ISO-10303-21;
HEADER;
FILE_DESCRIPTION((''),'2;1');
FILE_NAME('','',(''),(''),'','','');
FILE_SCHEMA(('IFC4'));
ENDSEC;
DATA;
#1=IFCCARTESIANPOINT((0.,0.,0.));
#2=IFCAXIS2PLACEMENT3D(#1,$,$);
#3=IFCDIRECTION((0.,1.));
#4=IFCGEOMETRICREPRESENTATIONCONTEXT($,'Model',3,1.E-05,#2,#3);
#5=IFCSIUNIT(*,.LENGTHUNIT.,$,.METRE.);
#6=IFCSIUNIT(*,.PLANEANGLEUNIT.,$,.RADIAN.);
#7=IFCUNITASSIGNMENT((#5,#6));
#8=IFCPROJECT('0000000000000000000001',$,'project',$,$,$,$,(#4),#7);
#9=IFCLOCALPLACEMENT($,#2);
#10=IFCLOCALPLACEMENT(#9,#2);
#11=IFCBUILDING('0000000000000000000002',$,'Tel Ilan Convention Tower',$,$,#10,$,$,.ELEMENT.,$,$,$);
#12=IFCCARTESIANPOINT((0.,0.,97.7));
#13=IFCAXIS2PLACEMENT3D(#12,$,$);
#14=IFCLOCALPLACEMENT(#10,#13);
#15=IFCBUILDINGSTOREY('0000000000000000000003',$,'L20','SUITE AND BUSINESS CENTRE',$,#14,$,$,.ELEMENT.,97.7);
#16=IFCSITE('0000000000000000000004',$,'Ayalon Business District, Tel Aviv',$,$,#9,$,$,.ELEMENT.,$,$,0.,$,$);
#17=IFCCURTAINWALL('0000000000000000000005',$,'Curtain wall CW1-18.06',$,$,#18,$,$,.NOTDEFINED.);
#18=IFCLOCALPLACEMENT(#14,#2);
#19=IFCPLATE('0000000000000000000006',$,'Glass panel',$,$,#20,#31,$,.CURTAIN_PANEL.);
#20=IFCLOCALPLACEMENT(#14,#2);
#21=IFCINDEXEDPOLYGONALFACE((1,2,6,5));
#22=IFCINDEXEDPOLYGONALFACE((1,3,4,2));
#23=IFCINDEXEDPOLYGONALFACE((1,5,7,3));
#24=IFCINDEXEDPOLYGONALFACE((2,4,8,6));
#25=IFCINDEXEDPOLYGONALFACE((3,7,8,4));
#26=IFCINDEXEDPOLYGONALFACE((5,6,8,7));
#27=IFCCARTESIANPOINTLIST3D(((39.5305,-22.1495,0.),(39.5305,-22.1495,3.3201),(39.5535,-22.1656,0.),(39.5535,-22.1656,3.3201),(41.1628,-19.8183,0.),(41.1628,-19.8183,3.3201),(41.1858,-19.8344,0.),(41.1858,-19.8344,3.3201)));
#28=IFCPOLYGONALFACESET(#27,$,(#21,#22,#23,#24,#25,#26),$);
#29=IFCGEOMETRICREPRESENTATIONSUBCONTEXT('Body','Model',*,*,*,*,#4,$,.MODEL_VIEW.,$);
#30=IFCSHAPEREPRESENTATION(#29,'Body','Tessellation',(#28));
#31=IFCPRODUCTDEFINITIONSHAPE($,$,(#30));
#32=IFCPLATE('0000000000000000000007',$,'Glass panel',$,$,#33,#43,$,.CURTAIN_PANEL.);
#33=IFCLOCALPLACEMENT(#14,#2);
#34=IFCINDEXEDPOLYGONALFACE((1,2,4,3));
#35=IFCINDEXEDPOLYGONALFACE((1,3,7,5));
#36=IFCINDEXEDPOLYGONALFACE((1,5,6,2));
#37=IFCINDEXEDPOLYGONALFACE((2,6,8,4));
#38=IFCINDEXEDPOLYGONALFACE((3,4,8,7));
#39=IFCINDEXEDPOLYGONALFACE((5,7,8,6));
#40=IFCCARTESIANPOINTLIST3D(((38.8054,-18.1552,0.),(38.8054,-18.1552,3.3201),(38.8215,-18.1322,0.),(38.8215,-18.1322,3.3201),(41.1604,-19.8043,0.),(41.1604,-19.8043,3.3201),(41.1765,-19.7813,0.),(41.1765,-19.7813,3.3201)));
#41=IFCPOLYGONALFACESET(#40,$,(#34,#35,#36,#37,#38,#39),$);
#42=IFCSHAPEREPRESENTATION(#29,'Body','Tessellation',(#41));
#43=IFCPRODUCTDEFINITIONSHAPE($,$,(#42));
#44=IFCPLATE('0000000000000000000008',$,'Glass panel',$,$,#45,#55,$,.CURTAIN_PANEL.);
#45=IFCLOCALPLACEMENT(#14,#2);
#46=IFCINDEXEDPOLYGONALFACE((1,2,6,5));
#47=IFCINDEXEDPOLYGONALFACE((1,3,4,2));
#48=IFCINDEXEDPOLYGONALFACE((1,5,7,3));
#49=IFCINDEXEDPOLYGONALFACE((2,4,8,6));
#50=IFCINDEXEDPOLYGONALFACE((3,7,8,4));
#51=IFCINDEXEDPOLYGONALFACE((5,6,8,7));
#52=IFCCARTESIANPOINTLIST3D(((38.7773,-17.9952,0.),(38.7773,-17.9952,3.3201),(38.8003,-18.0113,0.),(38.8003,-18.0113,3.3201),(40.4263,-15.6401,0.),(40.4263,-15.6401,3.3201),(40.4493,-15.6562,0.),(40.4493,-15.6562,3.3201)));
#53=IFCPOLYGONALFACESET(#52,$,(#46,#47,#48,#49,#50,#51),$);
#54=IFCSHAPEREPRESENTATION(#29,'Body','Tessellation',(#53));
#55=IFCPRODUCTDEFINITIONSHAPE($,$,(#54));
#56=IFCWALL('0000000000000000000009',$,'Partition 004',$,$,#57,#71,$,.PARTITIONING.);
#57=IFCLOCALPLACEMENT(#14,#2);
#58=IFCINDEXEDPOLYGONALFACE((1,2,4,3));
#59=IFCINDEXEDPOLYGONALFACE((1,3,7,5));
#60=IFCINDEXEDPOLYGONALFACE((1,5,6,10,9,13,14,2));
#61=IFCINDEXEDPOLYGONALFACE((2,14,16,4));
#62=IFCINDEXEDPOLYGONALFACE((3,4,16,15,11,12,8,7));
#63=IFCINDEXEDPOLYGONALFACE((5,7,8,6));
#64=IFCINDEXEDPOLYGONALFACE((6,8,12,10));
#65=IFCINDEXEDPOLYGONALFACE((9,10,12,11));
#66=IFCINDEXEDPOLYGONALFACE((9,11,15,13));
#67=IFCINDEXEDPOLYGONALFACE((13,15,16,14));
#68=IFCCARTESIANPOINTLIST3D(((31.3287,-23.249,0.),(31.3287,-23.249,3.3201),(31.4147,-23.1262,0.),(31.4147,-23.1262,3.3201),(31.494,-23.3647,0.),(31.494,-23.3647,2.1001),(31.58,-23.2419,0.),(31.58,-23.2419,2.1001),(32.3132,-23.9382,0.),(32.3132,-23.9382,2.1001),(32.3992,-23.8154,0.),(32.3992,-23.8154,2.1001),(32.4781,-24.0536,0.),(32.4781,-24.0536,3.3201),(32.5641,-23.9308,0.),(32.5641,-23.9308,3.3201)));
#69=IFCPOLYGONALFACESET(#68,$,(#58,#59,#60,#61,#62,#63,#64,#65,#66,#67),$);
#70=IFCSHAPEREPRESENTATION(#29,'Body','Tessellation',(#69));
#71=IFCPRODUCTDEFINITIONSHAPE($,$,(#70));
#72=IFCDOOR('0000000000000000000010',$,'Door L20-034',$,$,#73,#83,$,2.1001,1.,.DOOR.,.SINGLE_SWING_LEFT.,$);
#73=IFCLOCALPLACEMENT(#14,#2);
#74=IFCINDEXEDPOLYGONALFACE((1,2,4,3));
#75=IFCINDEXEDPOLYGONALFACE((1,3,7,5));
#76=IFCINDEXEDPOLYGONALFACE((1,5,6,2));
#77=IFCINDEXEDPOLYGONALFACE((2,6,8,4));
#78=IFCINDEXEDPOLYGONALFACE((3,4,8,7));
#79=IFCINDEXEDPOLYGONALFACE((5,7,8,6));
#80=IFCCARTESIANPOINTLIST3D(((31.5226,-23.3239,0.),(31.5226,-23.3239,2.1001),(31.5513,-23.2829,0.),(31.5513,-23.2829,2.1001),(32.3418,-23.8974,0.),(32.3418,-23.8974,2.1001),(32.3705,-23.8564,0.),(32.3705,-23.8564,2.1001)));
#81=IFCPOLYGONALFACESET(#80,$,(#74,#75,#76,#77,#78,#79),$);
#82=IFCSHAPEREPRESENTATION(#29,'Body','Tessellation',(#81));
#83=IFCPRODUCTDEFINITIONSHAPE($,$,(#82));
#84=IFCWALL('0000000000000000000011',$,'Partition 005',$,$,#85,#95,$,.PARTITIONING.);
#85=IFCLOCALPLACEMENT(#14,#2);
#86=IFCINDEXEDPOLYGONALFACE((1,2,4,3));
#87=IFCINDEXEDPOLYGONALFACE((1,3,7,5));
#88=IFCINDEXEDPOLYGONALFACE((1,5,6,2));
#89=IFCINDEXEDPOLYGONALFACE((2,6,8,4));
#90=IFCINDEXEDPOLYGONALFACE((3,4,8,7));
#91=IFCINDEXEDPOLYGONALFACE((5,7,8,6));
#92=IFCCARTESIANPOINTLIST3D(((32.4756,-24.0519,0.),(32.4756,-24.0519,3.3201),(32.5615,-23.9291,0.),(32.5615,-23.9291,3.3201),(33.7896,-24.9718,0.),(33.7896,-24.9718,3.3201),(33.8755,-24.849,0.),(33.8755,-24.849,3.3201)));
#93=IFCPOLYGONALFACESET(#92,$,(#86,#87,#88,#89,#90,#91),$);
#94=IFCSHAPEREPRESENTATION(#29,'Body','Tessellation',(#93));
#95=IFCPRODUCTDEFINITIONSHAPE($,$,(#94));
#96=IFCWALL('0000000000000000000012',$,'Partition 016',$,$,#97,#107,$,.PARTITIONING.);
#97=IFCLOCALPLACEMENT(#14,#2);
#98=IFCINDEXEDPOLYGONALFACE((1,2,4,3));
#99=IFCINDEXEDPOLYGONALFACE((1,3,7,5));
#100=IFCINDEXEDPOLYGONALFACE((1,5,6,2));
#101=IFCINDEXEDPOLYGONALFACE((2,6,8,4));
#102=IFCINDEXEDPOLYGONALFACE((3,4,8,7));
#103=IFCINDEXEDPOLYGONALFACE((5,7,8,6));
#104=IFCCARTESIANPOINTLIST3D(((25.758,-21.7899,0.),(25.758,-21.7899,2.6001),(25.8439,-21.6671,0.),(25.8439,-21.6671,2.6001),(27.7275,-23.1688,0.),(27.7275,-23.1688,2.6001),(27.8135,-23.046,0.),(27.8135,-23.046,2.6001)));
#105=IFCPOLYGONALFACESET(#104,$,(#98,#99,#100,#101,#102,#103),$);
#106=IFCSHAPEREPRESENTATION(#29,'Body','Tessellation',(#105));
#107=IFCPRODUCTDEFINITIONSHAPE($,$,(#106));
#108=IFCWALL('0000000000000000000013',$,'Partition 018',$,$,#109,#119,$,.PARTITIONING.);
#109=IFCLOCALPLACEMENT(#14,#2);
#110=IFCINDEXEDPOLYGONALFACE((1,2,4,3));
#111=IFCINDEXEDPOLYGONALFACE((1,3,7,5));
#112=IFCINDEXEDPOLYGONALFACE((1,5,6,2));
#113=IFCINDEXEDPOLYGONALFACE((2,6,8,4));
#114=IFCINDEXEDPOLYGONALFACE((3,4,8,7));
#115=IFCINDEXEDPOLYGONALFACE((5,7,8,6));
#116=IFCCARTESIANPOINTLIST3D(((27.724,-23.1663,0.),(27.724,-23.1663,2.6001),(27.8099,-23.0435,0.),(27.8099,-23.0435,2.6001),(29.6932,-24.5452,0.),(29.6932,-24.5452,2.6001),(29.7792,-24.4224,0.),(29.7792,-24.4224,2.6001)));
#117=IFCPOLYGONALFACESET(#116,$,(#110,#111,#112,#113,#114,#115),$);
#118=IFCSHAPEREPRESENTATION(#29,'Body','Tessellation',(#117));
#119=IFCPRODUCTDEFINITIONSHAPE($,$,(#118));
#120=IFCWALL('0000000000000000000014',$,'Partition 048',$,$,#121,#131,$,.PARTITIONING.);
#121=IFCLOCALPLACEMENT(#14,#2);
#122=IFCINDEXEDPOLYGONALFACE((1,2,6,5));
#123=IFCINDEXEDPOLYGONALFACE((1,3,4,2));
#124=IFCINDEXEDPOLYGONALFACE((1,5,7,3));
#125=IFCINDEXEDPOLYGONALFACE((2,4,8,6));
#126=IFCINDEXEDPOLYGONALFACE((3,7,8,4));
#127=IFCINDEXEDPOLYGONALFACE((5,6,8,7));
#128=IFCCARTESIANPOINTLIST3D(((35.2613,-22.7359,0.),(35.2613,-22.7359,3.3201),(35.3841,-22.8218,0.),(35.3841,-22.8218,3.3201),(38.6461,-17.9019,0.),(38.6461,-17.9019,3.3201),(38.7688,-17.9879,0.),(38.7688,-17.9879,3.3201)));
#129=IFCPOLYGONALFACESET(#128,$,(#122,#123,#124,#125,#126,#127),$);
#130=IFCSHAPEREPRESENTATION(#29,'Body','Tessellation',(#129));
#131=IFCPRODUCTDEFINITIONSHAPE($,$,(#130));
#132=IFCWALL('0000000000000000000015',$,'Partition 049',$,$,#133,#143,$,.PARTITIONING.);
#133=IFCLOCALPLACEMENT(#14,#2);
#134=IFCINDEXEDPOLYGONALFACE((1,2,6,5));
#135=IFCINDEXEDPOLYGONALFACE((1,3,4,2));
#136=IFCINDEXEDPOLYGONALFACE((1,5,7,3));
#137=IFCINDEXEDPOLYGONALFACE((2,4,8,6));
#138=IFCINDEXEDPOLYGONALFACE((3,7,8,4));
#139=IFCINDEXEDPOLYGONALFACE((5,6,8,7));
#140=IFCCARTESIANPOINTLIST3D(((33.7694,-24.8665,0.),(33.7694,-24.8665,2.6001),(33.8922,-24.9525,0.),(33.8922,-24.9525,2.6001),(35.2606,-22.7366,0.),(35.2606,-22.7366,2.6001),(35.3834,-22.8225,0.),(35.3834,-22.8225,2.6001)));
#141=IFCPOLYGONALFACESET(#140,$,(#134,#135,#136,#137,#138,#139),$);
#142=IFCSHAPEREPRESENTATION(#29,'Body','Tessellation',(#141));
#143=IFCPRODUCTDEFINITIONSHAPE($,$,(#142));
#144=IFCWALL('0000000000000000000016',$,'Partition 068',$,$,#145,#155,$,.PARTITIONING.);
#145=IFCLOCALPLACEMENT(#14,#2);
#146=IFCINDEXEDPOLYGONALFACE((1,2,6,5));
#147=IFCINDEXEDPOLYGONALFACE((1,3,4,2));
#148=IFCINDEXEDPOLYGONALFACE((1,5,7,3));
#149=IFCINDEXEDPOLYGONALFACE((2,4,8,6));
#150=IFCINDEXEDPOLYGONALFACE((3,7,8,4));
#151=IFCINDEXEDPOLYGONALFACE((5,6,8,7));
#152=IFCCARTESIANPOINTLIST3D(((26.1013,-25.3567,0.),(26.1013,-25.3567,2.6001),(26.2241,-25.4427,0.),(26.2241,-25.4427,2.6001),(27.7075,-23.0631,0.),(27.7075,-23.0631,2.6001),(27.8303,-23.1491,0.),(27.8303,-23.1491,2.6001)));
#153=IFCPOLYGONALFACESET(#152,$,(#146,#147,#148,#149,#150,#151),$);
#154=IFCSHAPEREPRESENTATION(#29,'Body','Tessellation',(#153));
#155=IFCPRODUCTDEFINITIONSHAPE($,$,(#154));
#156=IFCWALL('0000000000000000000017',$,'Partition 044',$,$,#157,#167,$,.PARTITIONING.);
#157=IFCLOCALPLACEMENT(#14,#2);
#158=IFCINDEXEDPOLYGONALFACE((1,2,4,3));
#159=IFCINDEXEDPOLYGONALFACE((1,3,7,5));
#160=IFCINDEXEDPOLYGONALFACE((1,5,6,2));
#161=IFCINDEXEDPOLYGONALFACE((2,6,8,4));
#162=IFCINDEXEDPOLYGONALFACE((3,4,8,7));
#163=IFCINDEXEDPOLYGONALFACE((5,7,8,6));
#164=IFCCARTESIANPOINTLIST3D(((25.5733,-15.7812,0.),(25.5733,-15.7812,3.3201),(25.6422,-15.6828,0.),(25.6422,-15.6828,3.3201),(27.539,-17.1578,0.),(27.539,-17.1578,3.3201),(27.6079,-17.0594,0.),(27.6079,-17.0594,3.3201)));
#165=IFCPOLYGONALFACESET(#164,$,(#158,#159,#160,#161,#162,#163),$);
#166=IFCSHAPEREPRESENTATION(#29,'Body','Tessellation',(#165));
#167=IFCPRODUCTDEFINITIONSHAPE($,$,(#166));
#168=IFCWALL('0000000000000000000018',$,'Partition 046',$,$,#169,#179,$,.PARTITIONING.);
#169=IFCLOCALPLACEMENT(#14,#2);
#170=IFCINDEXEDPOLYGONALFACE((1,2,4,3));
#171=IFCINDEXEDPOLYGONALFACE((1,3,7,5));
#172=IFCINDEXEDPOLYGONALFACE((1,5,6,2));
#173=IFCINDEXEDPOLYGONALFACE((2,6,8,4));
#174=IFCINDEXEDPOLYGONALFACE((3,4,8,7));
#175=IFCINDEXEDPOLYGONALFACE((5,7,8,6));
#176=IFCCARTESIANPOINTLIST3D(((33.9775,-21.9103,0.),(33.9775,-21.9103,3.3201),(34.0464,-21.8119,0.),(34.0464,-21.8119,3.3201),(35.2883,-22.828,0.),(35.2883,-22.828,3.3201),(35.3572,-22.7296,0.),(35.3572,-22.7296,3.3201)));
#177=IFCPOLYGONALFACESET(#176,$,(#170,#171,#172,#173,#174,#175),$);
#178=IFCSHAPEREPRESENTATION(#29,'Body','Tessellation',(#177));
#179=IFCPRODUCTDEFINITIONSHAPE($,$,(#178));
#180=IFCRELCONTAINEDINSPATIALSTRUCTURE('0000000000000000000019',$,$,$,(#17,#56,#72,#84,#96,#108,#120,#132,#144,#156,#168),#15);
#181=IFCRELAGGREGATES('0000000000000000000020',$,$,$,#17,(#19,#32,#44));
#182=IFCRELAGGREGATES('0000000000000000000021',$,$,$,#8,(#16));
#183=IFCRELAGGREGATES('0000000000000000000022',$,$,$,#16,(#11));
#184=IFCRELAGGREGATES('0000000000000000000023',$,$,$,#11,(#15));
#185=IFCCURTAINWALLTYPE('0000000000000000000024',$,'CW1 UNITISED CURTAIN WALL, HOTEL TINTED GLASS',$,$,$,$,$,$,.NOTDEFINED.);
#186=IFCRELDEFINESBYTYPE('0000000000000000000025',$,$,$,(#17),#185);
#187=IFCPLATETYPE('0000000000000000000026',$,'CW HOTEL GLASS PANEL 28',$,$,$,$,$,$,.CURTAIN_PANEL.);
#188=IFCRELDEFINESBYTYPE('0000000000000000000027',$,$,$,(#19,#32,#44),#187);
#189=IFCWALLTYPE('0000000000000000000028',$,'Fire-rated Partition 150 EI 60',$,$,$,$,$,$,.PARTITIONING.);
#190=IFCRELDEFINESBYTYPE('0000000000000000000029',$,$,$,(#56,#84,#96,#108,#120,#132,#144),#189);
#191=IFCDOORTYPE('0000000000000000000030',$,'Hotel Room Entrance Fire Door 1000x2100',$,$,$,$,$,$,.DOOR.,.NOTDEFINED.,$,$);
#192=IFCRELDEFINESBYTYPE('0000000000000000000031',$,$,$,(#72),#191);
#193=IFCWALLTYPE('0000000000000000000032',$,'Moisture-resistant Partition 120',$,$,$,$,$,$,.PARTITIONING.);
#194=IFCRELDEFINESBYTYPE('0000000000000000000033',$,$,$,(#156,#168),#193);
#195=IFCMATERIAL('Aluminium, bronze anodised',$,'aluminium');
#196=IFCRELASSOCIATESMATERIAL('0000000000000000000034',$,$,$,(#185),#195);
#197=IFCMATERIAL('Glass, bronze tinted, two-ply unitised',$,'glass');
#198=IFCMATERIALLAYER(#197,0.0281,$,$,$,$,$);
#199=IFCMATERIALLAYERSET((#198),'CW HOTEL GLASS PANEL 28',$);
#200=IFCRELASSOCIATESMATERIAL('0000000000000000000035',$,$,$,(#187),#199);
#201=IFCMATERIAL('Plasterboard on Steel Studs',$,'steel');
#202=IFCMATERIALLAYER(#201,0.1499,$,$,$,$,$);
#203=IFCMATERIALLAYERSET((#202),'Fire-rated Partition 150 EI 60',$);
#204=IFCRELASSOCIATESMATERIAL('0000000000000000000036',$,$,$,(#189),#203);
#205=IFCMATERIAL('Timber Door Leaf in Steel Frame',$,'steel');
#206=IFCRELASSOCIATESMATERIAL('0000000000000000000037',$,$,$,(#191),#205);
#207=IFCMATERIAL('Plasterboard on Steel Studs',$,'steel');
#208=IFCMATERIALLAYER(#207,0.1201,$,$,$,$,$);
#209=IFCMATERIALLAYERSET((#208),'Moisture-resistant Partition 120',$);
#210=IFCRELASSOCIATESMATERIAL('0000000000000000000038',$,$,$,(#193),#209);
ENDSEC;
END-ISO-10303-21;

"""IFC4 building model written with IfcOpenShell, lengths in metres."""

from ifc_helpers import new_model, si_unit, direction, frame, frame_2d, origin, origin_2d, place, context, subcontext, project, spatial, rectangle, extrude, material, layer, layer_set, type_object, element, fill, aggregate, save


model = new_model("IFC4")

# Units and contexts
model_context = context("Model", 3, precision=1e-05, world=origin(), true_north=direction((0.0, 1.0)))
body_context = subcontext(model_context, "Body", "Model", "MODEL_VIEW")
ifc_project = project(units=[si_unit("LENGTHUNIT", "METRE"), si_unit("PLANEANGLEUNIT", "RADIAN")], contexts=[model_context])

# Site, building, storey
site_placement = place(None, origin())
site = spatial("IfcSite", under=ifc_project, at=site_placement, Name="Ayalon Business District, Tel Aviv", CompositionType="ELEMENT", RefElevation=0.0)
building_placement = place(site_placement, origin())
building = spatial("IfcBuilding", under=site, at=building_placement, Name="Tel Ilan Convention Tower", CompositionType="ELEMENT")
storey_placement = place(building_placement, frame((0.0, 0.0, 97.7)))
storey = spatial("IfcBuildingStorey", under=building, at=storey_placement, Name="L20", Description="SUITE AND BUSINESS CENTRE", CompositionType="ELEMENT", Elevation=97.7)

# Curtain wall, plates
ifc_material_1 = material(Name="Aluminium, bronze anodised", Category="aluminium")
curtain_wall_type = type_object("IfcCurtainWallType", Name="CW1 UNITISED CURTAIN WALL, HOTEL TINTED GLASS", PredefinedType="NOTDEFINED", material=ifc_material_1)
curtain_wall_placement = place(storey_placement, origin())
curtain_wall = element("IfcCurtainWall", 1, at=curtain_wall_placement, inside=storey, type_object=curtain_wall_type, Name="Curtain wall CW1-18.06", PredefinedType="NOTDEFINED")
ifc_material_2 = material(Name="Glass, bronze tinted, two-ply unitised", Category="glass")
ifc_layer_1 = layer(ifc_material_2, 0.0281)
ifc_layer_set_1 = layer_set([ifc_layer_1], Name="CW HOTEL GLASS PANEL 28")
plate_type = type_object("IfcPlateType", Name="CW HOTEL GLASS PANEL 28", PredefinedType="CURTAIN_PANEL", material=ifc_layer_set_1)
plate_1_placement = place(storey_placement, frame((40.3582, -20.9919, 0.0), z_axis=(0.0, 0.0, 1.0), x_axis=(0.573576, 0.819152, 0.0)))
plate_1 = element("IfcPlate", 2, at=plate_1_placement, type_object=plate_type, Name="Glass panel", PredefinedType="CURTAIN_PANEL", context=body_context, shape_type="SweptSolid", body=[
    extrude(rectangle(XDim=2.8459, YDim=0.0281, at=origin_2d()), origin(), (0.0, 0.0, 1.0), 3.3201),
])
plate_2_placement = place(storey_placement, frame((39.991, -18.9683, 0.0), z_axis=(0.0, 0.0, 1.0), x_axis=(-0.819152, 0.573576, 0.0)))
plate_2 = element("IfcPlate", 3, at=plate_2_placement, type_object=plate_type, Name="Glass panel", PredefinedType="CURTAIN_PANEL", context=body_context, shape_type="SweptSolid", body=[
    extrude(rectangle(XDim=2.875, YDim=0.0281, at=origin_2d()), origin(), (0.0, 0.0, 1.0), 3.3201),
])
plate_3_placement = place(storey_placement, frame((39.6133, -16.8257, 0.0), z_axis=(0.0, 0.0, 1.0), x_axis=(0.573576, 0.819152, 0.0)))
plate_3 = element("IfcPlate", 4, at=plate_3_placement, type_object=plate_type, Name="Glass panel", PredefinedType="CURTAIN_PANEL", context=body_context, shape_type="SweptSolid", body=[
    extrude(rectangle(XDim=2.875, YDim=0.0281, at=origin_2d()), origin(), (0.0, 0.0, 1.0), 3.3201),
])
aggregate(curtain_wall, [plate_1, plate_2, plate_3])

# Wall, opening, door
ifc_material_3 = material(Name="Plasterboard on Steel Studs", Category="steel")
ifc_layer_2 = layer(ifc_material_3, 0.1499)
ifc_layer_set_2 = layer_set([ifc_layer_2], Name="Fire-rated Partition 150 EI 60")
wall_type_1 = type_object("IfcWallType", Name="Fire-rated Partition 150 EI 60", PredefinedType="PARTITIONING", material=ifc_layer_set_2)
wall_1_placement = place(storey_placement, frame((31.3716, -23.1875, 0.0), z_axis=(0.0, 0.0, 1.0), x_axis=(0.819199, -0.573509, 0.0)))
wall_1 = element("IfcWall", 5, at=wall_1_placement, inside=storey, type_object=wall_type_1, Name="Partition 004", PredefinedType="PARTITIONING", context=body_context, shape_type="SweptSolid", body=[
    extrude(rectangle(XDim=1.4031, YDim=0.1499, at=frame_2d((0.7017, 0.0))), origin(), (0.0, 0.0, 1.0), 3.3201),
])
opening_1_placement = place(wall_1_placement, frame((0.2019, 0.0, 0.0)))
opening_1 = element("IfcOpeningElement", 6, at=opening_1_placement, cuts=wall_1, PredefinedType="OPENING", context=body_context, shape_type="SweptSolid", body=[
    extrude(rectangle(XDim=1.0, YDim=2.1001, at=frame_2d((0.5, 1.05))), frame((0.0, 0.085, 0.0), z_axis=(0.0, -1.0, 0.0), x_axis=(1.0, 0.0, 0.0)), (0.0, 0.0, 1.0), 0.1699),
])
ifc_material_4 = material(Name="Timber Door Leaf in Steel Frame", Category="steel")
door_type_1 = type_object("IfcDoorType", Name="Hotel Room Entrance Fire Door 1000x2100", OperationType="NOTDEFINED", PredefinedType="DOOR", material=ifc_material_4)
door_1_placement = place(opening_1_placement, origin())
door_1 = element("IfcDoor", 7, at=door_1_placement, inside=storey, type_object=door_type_1, Name="Door L20-034", OperationType="SINGLE_SWING_LEFT", OverallHeight=2.1001, OverallWidth=1.0, PredefinedType="DOOR", context=body_context, shape_type="SweptSolid", body=[
    extrude(rectangle(XDim=1.0, YDim=2.1001, at=frame_2d((0.5, 1.05))), frame((0.0, 0.0249, 0.0), z_axis=(0.0, -1.0, 0.0), x_axis=(1.0, 0.0, 0.0)), (0.0, 0.0, 1.0), 0.05),
])
fill(opening_1, door_1)

# Walls
wall_2_placement = place(storey_placement, frame((32.5186, -23.9905, 0.0), z_axis=(0.0, 0.0, 1.0), x_axis=(0.819189, -0.573524, 0.0)))
element("IfcWall", 8, at=wall_2_placement, inside=storey, type_object=wall_type_1, Name="Partition 005", PredefinedType="PARTITIONING", context=body_context, shape_type="SweptSolid", body=[
    extrude(rectangle(XDim=1.604, YDim=0.1499, at=frame_2d((0.802, 0.0))), origin(), (0.0, 0.0, 1.0), 3.3201),
])
wall_3_placement = place(storey_placement, frame((27.7705, -23.1074, 0.0), z_axis=(0.0, 0.0, 1.0), x_axis=(-0.819179, 0.573537, 0.0)))
element("IfcWall", 9, at=wall_3_placement, inside=storey, type_object=wall_type_1, Name="Partition 016", PredefinedType="PARTITIONING", context=body_context, shape_type="SweptSolid", body=[
    extrude(rectangle(XDim=2.4043, YDim=0.1499, at=frame_2d((1.2021, 0.0))), origin(), (0.0, 0.0, 1.0), 2.6001),
])
wall_4_placement = place(storey_placement, frame((29.7363, -24.4839, 0.0), z_axis=(0.0, 0.0, 1.0), x_axis=(-0.819146, 0.573585, 0.0)))
element("IfcWall", 10, at=wall_4_placement, inside=storey, type_object=wall_type_1, Name="Partition 018", PredefinedType="PARTITIONING", context=body_context, shape_type="SweptSolid", body=[
    extrude(rectangle(XDim=2.4041, YDim=0.1499, at=frame_2d((1.2021, 0.0))), origin(), (0.0, 0.0, 1.0), 2.6001),
])
wall_5_placement = place(storey_placement, frame((38.7075, -17.9448, 0.0), z_axis=(0.0, 0.0, 1.0), x_axis=(-0.573573, -0.819154, 0.0)))
element("IfcWall", 11, at=wall_5_placement, inside=storey, type_object=wall_type_1, Name="Partition 048", PredefinedType="PARTITIONING", context=body_context, shape_type="SweptSolid", body=[
    extrude(rectangle(XDim=5.9011, YDim=0.1499, at=frame_2d((2.9507, 0.0))), origin(), (0.0, 0.0, 1.0), 3.3201),
])
wall_6_placement = place(storey_placement, frame((35.322, -22.7795, 0.0), z_axis=(0.0, 0.0, 1.0), x_axis=(-0.573538, -0.819179, 0.0)))
element("IfcWall", 12, at=wall_6_placement, inside=storey, type_object=wall_type_1, Name="Partition 049", PredefinedType="PARTITIONING", context=body_context, shape_type="SweptSolid", body=[
    extrude(rectangle(XDim=2.6001, YDim=0.1499, at=frame_2d((1.3, 0.0))), origin(), (0.0, 0.0, 1.0), 2.6001),
])
wall_7_placement = place(storey_placement, frame((27.7688, -23.1062, 0.0), z_axis=(0.0, 0.0, 1.0), x_axis=(-0.573609, -0.81913, 0.0)))
element("IfcWall", 13, at=wall_7_placement, inside=storey, type_object=wall_type_1, Name="Partition 068", PredefinedType="PARTITIONING", context=body_context, shape_type="SweptSolid", body=[
    extrude(rectangle(XDim=2.8, YDim=0.1499, at=frame_2d((1.3999, 0.0))), origin(), (0.0, 0.0, 1.0), 2.6001),
])
ifc_material_5 = material(Name="Plasterboard on Steel Studs", Category="steel")
ifc_layer_3 = layer(ifc_material_5, 0.1201)
ifc_layer_set_3 = layer_set([ifc_layer_3], Name="Moisture-resistant Partition 120")
wall_type_2 = type_object("IfcWallType", Name="Moisture-resistant Partition 120", PredefinedType="PARTITIONING", material=ifc_layer_set_3)
wall_8_placement = place(storey_placement, frame((27.5735, -17.1086, 0.0), z_axis=(0.0, 0.0, 1.0), x_axis=(-0.819108, 0.57364, 0.0)))
element("IfcWall", 14, at=wall_8_placement, inside=storey, type_object=wall_type_2, Name="Partition 044", PredefinedType="PARTITIONING", context=body_context, shape_type="SweptSolid", body=[
    extrude(rectangle(XDim=2.3999, YDim=0.1201, at=frame_2d((1.2, 0.0))), origin(), (0.0, 0.0, 1.0), 3.3201),
])
wall_9_placement = place(storey_placement, frame((35.3228, -22.7788, 0.0), z_axis=(0.0, 0.0, 1.0), x_axis=(-0.819182, 0.573534, 0.0)))
element("IfcWall", 15, at=wall_9_placement, inside=storey, type_object=wall_type_2, Name="Partition 046", PredefinedType="PARTITIONING", context=body_context, shape_type="SweptSolid", body=[
    extrude(rectangle(XDim=1.6001, YDim=0.1201, at=frame_2d((0.8, 0.0))), origin(), (0.0, 0.0, 1.0), 3.3201),
])

save(model, "model.ifc")
